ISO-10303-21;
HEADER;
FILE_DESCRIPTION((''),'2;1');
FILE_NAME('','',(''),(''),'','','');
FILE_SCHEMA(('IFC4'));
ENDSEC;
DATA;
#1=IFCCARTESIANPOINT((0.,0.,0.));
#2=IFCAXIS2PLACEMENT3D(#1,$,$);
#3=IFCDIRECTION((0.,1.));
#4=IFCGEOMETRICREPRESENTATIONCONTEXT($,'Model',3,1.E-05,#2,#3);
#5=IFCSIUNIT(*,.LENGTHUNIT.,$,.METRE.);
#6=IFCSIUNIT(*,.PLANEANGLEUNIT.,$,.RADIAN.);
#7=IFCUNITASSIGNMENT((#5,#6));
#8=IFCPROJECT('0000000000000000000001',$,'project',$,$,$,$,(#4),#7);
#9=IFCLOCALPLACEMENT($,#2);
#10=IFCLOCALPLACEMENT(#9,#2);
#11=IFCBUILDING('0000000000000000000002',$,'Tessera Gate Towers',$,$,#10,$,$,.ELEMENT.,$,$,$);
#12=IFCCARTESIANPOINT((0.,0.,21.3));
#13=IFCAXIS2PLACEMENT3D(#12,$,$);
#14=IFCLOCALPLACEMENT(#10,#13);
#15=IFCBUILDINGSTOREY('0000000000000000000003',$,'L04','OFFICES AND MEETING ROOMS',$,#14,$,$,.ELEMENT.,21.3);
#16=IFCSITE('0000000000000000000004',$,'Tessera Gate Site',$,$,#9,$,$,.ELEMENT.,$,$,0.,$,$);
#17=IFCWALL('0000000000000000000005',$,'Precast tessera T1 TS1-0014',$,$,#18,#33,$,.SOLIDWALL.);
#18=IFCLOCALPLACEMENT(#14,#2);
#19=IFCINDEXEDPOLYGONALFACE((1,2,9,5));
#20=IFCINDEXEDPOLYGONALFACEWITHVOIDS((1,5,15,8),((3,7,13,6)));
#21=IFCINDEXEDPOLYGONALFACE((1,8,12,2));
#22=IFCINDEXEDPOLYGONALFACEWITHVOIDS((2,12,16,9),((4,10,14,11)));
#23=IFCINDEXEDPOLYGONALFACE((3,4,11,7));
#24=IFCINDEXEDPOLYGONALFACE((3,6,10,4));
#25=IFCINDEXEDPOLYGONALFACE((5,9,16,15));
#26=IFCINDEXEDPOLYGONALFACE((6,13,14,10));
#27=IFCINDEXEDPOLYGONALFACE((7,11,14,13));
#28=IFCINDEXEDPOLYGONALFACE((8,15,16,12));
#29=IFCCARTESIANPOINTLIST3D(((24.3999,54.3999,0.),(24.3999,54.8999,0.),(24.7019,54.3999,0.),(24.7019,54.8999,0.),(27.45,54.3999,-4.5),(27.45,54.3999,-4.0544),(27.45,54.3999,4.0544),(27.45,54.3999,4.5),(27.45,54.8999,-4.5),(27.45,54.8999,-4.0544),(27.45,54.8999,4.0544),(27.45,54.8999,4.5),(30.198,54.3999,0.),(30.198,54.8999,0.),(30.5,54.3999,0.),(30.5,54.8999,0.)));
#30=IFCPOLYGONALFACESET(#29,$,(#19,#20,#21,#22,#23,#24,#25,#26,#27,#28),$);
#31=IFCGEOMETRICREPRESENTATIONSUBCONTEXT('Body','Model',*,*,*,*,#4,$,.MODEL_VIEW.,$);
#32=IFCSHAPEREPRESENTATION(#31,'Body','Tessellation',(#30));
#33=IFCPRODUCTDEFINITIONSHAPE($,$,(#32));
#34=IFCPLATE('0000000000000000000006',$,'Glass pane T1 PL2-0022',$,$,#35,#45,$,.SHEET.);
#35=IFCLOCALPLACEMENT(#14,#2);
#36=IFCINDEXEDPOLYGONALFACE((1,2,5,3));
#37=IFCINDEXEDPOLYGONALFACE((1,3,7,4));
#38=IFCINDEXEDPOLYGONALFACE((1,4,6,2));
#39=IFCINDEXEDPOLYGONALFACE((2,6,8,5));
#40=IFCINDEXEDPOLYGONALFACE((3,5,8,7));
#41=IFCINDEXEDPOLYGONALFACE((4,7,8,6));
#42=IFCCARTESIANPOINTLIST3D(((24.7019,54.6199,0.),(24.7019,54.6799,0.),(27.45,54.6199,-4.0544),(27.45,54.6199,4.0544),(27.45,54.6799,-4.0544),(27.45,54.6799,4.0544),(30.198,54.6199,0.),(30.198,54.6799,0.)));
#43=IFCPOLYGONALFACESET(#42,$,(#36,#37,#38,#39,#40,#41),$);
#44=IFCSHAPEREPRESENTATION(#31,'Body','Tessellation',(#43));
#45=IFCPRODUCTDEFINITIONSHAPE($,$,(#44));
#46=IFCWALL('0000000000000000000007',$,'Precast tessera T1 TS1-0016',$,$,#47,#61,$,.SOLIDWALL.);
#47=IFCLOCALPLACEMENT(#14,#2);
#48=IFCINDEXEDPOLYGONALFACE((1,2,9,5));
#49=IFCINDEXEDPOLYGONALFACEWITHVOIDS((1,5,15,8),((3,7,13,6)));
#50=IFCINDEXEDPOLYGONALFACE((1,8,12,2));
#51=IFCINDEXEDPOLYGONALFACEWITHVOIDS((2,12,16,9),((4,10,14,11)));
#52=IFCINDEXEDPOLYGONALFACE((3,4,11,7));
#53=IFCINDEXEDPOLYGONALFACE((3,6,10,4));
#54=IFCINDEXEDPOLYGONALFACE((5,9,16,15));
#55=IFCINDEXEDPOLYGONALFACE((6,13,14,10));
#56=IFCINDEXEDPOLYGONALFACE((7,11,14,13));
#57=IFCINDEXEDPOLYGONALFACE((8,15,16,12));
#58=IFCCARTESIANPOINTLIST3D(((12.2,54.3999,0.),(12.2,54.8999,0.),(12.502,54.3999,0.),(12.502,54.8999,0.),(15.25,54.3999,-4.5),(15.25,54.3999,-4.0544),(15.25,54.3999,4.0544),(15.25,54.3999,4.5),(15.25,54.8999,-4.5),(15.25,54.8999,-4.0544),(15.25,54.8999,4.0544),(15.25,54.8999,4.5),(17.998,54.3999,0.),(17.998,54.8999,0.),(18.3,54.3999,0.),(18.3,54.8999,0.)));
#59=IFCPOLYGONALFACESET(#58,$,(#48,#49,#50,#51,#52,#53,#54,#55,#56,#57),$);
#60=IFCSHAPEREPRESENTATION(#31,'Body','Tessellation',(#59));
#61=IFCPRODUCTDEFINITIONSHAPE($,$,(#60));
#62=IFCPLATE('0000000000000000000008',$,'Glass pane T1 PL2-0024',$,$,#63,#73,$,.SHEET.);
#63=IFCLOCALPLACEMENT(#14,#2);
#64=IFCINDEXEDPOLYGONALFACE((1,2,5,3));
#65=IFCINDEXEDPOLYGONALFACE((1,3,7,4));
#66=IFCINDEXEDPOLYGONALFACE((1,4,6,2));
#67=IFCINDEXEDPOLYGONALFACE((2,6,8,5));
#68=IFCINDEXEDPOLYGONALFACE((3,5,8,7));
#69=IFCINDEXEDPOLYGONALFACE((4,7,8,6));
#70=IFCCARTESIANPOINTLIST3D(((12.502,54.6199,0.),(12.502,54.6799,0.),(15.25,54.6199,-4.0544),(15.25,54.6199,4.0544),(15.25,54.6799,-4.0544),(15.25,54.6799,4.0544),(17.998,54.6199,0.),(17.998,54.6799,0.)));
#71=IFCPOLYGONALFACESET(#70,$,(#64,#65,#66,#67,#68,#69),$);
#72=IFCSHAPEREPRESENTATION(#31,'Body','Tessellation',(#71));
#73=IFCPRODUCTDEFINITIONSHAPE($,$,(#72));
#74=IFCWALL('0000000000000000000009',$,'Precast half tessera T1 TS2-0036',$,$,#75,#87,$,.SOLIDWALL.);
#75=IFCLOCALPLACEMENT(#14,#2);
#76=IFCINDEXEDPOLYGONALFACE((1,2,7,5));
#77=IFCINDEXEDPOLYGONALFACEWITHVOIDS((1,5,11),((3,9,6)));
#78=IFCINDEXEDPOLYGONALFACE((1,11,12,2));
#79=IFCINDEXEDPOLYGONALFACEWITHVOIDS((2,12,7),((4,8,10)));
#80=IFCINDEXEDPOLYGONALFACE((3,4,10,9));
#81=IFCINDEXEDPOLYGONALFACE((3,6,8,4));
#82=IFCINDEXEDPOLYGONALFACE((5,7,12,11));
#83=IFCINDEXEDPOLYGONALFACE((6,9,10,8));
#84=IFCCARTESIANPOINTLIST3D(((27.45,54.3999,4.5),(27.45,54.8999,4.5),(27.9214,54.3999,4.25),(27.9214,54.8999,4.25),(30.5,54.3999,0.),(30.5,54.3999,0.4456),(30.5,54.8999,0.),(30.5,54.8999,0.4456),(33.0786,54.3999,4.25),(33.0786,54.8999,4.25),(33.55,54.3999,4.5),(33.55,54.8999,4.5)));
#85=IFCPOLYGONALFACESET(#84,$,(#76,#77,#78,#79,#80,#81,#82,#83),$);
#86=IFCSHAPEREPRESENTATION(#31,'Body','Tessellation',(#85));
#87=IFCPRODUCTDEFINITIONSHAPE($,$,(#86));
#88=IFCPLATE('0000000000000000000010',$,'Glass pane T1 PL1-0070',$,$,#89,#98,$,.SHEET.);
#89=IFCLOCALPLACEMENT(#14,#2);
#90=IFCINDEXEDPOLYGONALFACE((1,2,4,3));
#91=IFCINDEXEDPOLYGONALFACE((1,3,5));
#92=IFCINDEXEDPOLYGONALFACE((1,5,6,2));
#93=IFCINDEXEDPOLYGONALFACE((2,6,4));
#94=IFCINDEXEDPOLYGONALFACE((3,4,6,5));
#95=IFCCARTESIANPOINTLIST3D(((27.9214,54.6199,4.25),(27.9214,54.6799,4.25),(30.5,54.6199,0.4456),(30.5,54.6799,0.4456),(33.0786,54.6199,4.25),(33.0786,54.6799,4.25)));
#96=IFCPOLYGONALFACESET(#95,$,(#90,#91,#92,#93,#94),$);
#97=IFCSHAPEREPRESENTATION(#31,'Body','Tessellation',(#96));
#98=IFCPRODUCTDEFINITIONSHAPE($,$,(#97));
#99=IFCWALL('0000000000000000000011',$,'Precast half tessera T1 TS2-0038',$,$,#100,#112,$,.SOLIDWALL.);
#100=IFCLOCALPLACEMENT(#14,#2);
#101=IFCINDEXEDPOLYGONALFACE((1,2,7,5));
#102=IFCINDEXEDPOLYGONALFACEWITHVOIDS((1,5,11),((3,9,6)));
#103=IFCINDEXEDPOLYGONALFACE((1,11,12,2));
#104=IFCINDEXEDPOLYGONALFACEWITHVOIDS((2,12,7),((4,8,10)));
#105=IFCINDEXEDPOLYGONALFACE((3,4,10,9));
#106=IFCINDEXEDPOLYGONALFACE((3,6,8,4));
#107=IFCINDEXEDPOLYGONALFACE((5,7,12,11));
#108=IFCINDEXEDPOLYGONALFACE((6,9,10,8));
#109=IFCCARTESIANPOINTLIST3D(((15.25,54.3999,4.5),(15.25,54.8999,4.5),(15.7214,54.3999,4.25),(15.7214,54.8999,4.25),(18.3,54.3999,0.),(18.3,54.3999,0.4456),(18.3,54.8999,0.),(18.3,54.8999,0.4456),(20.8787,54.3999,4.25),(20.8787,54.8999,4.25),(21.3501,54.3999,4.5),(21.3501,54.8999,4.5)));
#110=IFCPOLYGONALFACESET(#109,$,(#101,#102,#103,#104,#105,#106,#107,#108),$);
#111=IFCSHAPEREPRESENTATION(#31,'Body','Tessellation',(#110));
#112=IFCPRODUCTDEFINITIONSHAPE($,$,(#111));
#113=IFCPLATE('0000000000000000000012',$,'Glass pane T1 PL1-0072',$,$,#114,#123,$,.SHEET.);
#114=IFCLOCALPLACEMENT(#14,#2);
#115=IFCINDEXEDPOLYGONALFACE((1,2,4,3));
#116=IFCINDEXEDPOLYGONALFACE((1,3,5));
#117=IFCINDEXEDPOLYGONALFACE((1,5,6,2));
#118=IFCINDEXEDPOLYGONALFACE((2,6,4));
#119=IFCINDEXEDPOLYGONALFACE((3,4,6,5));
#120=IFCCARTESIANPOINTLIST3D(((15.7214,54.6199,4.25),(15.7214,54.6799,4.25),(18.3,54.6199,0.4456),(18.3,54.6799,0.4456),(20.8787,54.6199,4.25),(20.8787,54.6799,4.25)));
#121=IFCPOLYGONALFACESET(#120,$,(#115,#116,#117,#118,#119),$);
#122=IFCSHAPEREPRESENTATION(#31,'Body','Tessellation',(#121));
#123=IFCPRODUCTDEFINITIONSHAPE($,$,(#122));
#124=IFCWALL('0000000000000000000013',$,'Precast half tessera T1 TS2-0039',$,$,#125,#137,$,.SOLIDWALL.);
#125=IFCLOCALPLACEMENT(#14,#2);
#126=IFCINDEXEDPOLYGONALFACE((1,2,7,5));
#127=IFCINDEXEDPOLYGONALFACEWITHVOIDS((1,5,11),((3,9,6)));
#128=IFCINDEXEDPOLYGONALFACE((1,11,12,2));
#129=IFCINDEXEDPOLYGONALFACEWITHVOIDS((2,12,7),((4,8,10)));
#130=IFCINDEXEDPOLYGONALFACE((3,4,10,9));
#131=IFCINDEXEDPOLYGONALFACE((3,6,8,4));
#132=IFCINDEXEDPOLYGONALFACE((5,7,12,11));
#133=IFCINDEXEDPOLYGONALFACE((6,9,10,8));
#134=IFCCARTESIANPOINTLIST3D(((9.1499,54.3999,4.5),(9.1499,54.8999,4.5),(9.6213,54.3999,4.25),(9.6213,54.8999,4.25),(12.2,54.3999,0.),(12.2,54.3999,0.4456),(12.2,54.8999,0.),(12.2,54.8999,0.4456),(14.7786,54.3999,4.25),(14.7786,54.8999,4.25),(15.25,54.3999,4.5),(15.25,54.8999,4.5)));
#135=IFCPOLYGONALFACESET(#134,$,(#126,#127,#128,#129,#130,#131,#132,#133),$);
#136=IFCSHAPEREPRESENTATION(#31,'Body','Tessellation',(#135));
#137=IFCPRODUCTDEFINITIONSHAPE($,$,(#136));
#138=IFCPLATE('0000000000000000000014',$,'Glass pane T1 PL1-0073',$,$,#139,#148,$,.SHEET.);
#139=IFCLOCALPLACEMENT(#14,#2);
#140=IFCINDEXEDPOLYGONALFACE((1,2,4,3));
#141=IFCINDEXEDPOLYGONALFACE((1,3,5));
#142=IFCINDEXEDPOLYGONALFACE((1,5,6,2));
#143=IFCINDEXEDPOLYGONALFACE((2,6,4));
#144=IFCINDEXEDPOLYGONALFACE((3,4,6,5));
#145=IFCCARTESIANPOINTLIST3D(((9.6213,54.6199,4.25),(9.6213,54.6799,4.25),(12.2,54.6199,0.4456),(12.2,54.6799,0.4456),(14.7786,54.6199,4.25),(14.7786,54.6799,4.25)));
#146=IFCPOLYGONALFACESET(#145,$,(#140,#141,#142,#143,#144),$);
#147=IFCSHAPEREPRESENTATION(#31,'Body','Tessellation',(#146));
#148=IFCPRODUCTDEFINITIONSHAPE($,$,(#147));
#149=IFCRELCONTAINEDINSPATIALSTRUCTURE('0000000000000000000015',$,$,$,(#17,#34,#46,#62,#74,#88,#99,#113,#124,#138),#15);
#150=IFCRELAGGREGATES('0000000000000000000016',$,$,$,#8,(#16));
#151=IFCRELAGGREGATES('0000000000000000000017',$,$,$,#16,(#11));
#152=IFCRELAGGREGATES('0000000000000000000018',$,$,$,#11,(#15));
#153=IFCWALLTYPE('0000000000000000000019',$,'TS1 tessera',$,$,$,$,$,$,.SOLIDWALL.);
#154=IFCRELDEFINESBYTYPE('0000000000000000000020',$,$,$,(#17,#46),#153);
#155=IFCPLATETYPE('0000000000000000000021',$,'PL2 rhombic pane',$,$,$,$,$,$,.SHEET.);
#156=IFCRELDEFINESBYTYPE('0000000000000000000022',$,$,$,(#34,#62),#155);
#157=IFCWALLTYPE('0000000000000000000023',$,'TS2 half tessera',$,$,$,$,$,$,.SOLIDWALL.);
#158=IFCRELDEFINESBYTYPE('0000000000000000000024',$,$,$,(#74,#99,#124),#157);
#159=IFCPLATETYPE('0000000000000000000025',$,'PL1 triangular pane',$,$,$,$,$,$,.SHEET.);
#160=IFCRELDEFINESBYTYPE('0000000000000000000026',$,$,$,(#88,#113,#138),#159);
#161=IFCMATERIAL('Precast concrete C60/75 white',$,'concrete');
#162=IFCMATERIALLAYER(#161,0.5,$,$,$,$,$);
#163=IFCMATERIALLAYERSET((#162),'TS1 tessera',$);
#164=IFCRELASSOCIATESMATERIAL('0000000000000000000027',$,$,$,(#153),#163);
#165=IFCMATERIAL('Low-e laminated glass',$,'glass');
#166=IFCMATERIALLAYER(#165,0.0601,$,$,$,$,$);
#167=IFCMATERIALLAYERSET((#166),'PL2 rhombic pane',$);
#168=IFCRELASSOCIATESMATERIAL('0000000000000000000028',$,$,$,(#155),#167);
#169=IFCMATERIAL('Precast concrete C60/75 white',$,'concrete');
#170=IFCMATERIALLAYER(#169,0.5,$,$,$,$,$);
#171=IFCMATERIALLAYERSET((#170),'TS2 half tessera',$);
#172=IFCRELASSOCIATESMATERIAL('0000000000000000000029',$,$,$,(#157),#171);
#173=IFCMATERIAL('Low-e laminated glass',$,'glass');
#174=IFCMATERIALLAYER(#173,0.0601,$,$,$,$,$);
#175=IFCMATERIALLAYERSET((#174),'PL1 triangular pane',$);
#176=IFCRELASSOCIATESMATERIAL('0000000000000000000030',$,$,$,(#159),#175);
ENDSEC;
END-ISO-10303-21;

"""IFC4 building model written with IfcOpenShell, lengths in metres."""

from ifc_helpers import new_model, si_unit, direction, frame, origin, place, context, subcontext, project, spatial, polyline, outline, extrude, source, transform, mapped, material, layer, layer_set, type_object, element, fill, save


model = new_model("IFC4")

# Units and contexts
model_context = context("Model", 3, precision=1e-05, world=origin(), true_north=direction((0.0, 1.0)))
body_context = subcontext(model_context, "Body", "Model", "MODEL_VIEW")
ifc_project = project(units=[si_unit("LENGTHUNIT", "METRE"), si_unit("PLANEANGLEUNIT", "RADIAN")], contexts=[model_context])

# Site, building, storey
site_placement = place(None, origin())
site = spatial("IfcSite", under=ifc_project, at=site_placement, Name="Tessera Gate Site", CompositionType="ELEMENT", RefElevation=0.0)
building_placement = place(site_placement, origin())
building = spatial("IfcBuilding", under=site, at=building_placement, Name="Tessera Gate Towers", CompositionType="ELEMENT")
storey_placement = place(building_placement, frame((0.0, 0.0, 21.3)))
storey = spatial("IfcBuildingStorey", under=building, at=storey_placement, Name="L04", Description="OFFICES AND MEETING ROOMS", CompositionType="ELEMENT", Elevation=21.3)

# Walls, openings, plates
ifc_material_1 = material(Name="Precast concrete C60/75 white", Category="concrete")
ifc_layer_1 = layer(ifc_material_1, 0.5)
ifc_layer_set_1 = layer_set([ifc_layer_1], Name="TS1 tessera")
wall_type_1 = type_object("IfcWallType", Name="TS1 tessera", PredefinedType="SOLIDWALL", material=ifc_layer_set_1)
shared_shape_1 = source(origin(), body_context, "Body", "SweptSolid", [
    extrude(outline(polyline([(3.05, 0.0), (6.1001, 4.5), (3.05, 9.0), (0.0, 4.5), (3.05, 0.0)])), frame((0.0, 0.25, 0.0), z_axis=(0.0, -1.0, 0.0), x_axis=(1.0, 0.0, 0.0)), (0.0, 0.0, 1.0), 0.5),
])
shared_shape_2 = source(origin(), body_context, "Body", "SweptSolid", [
    extrude(outline(polyline([(3.05, 0.4456), (5.7981, 4.5), (3.05, 8.5544), (0.302, 4.5), (3.05, 0.4456)])), frame((0.0, 0.26, 0.0), z_axis=(0.0, -1.0, 0.0), x_axis=(1.0, 0.0, 0.0)), (0.0, 0.0, 1.0), 0.52),
])
ifc_material_2 = material(Name="Low-e laminated glass", Category="glass")
ifc_layer_2 = layer(ifc_material_2, 0.0601)
ifc_layer_set_2 = layer_set([ifc_layer_2], Name="PL2 rhombic pane")
plate_type_1 = type_object("IfcPlateType", Name="PL2 rhombic pane", PredefinedType="SHEET", material=ifc_layer_set_2)
shared_shape_3 = source(origin(), body_context, "Body", "SweptSolid", [
    extrude(outline(polyline([(3.05, 0.4456), (5.7981, 4.5), (3.05, 8.5544), (0.302, 4.5), (3.05, 0.4456)])), frame((0.0, 0.03, 0.0), z_axis=(0.0, -1.0, 0.0), x_axis=(1.0, 0.0, 0.0)), (0.0, 0.0, 1.0), 0.0601),
])
wall_1_placement = place(storey_placement, frame((30.5, 54.6499, -4.5), z_axis=(0.0, 0.0, 1.0), x_axis=(-1.0, 0.0, 0.0)))
wall_1 = element("IfcWall", 1, at=wall_1_placement, inside=storey, type_object=wall_type_1, Name="Precast tessera T1 TS1-0014", PredefinedType="SOLIDWALL", context=body_context, shape_type="MappedRepresentation", body=[
    mapped(shared_shape_1, transform((0.0, 0.0, 0.0), scale=1.0)),
])
opening_1_placement = place(wall_1_placement, origin())
opening_1 = element("IfcOpeningElement", 2, at=opening_1_placement, cuts=wall_1, PredefinedType="OPENING", context=body_context, shape_type="MappedRepresentation", body=[
    mapped(shared_shape_2, transform((0.0, 0.0, 0.0), scale=1.0)),
])
plate_1_placement = place(opening_1_placement, origin())
plate_1 = element("IfcPlate", 3, at=plate_1_placement, inside=storey, type_object=plate_type_1, Name="Glass pane T1 PL2-0022", PredefinedType="SHEET", context=body_context, shape_type="MappedRepresentation", body=[
    mapped(shared_shape_3, transform((0.0, 0.0, 0.0), scale=1.0)),
])
fill(opening_1, plate_1)
wall_2_placement = place(storey_placement, frame((18.3, 54.6499, -4.5), z_axis=(0.0, 0.0, 1.0), x_axis=(-1.0, 0.0, 0.0)))
wall_2 = element("IfcWall", 4, at=wall_2_placement, inside=storey, type_object=wall_type_1, Name="Precast tessera T1 TS1-0016", PredefinedType="SOLIDWALL", context=body_context, shape_type="MappedRepresentation", body=[
    mapped(shared_shape_1, transform((0.0, 0.0, 0.0), scale=1.0)),
])
opening_2_placement = place(wall_2_placement, origin())
opening_2 = element("IfcOpeningElement", 5, at=opening_2_placement, cuts=wall_2, PredefinedType="OPENING", context=body_context, shape_type="MappedRepresentation", body=[
    mapped(shared_shape_2, transform((0.0, 0.0, 0.0), scale=1.0)),
])
plate_2_placement = place(opening_2_placement, origin())
plate_2 = element("IfcPlate", 6, at=plate_2_placement, inside=storey, type_object=plate_type_1, Name="Glass pane T1 PL2-0024", PredefinedType="SHEET", context=body_context, shape_type="MappedRepresentation", body=[
    mapped(shared_shape_3, transform((0.0, 0.0, 0.0), scale=1.0)),
])
fill(opening_2, plate_2)
ifc_material_3 = material(Name="Precast concrete C60/75 white", Category="concrete")
ifc_layer_3 = layer(ifc_material_3, 0.5)
ifc_layer_set_3 = layer_set([ifc_layer_3], Name="TS2 half tessera")
wall_type_2 = type_object("IfcWallType", Name="TS2 half tessera", PredefinedType="SOLIDWALL", material=ifc_layer_set_3)
shared_shape_4 = source(origin(), body_context, "Body", "SweptSolid", [
    extrude(outline(polyline([(3.05, 0.0), (6.1001, 4.5), (0.0, 4.5), (3.05, 0.0)])), frame((0.0, 0.25, 0.0), z_axis=(0.0, -1.0, 0.0), x_axis=(1.0, 0.0, 0.0)), (0.0, 0.0, 1.0), 0.5),
])
wall_3_placement = place(storey_placement, frame((33.55, 54.6499, 0.0), z_axis=(0.0, 0.0, 1.0), x_axis=(-1.0, 0.0, 0.0)))
wall_3 = element("IfcWall", 7, at=wall_3_placement, inside=storey, type_object=wall_type_2, Name="Precast half tessera T1 TS2-0036", PredefinedType="SOLIDWALL", context=body_context, shape_type="MappedRepresentation", body=[
    mapped(shared_shape_4, transform((0.0, 0.0, 0.0), scale=1.0)),
])
shared_shape_5 = source(origin(), body_context, "Body", "SweptSolid", [
    extrude(outline(polyline([(3.05, 0.4456), (5.6287, 4.25), (0.4714, 4.25), (3.05, 0.4456)])), frame((0.0, 0.26, 0.0), z_axis=(0.0, -1.0, 0.0), x_axis=(1.0, 0.0, 0.0)), (0.0, 0.0, 1.0), 0.52),
])
opening_3_placement = place(wall_3_placement, origin())
opening_3 = element("IfcOpeningElement", 8, at=opening_3_placement, cuts=wall_3, PredefinedType="OPENING", context=body_context, shape_type="MappedRepresentation", body=[
    mapped(shared_shape_5, transform((0.0, 0.0, 0.0), scale=1.0)),
])
ifc_material_4 = material(Name="Low-e laminated glass", Category="glass")
ifc_layer_4 = layer(ifc_material_4, 0.0601)
ifc_layer_set_4 = layer_set([ifc_layer_4], Name="PL1 triangular pane")
plate_type_2 = type_object("IfcPlateType", Name="PL1 triangular pane", PredefinedType="SHEET", material=ifc_layer_set_4)
shared_shape_6 = source(origin(), body_context, "Body", "SweptSolid", [
    extrude(outline(polyline([(3.05, 0.4456), (5.6287, 4.25), (0.4714, 4.25), (3.05, 0.4456)])), frame((0.0, 0.03, 0.0), z_axis=(0.0, -1.0, 0.0), x_axis=(1.0, 0.0, 0.0)), (0.0, 0.0, 1.0), 0.0601),
])
plate_3_placement = place(opening_3_placement, origin())
plate_3 = element("IfcPlate", 9, at=plate_3_placement, inside=storey, type_object=plate_type_2, Name="Glass pane T1 PL1-0070", PredefinedType="SHEET", context=body_context, shape_type="MappedRepresentation", body=[
    mapped(shared_shape_6, transform((0.0, 0.0, 0.0), scale=1.0)),
])
fill(opening_3, plate_3)
wall_4_placement = place(storey_placement, frame((21.3501, 54.6499, 0.0), z_axis=(0.0, 0.0, 1.0), x_axis=(-1.0, 0.0, 0.0)))
wall_4 = element("IfcWall", 10, at=wall_4_placement, inside=storey, type_object=wall_type_2, Name="Precast half tessera T1 TS2-0038", PredefinedType="SOLIDWALL", context=body_context, shape_type="MappedRepresentation", body=[
    mapped(shared_shape_4, transform((0.0, 0.0, 0.0), scale=1.0)),
])
opening_4_placement = place(wall_4_placement, origin())
opening_4 = element("IfcOpeningElement", 11, at=opening_4_placement, cuts=wall_4, PredefinedType="OPENING", context=body_context, shape_type="MappedRepresentation", body=[
    mapped(shared_shape_5, transform((0.0, 0.0, 0.0), scale=1.0)),
])
plate_4_placement = place(opening_4_placement, origin())
plate_4 = element("IfcPlate", 12, at=plate_4_placement, inside=storey, type_object=plate_type_2, Name="Glass pane T1 PL1-0072", PredefinedType="SHEET", context=body_context, shape_type="MappedRepresentation", body=[
    mapped(shared_shape_6, transform((0.0, 0.0, 0.0), scale=1.0)),
])
fill(opening_4, plate_4)
wall_5_placement = place(storey_placement, frame((15.25, 54.6499, 0.0), z_axis=(0.0, 0.0, 1.0), x_axis=(-1.0, 0.0, 0.0)))
wall_5 = element("IfcWall", 13, at=wall_5_placement, inside=storey, type_object=wall_type_2, Name="Precast half tessera T1 TS2-0039", PredefinedType="SOLIDWALL", context=body_context, shape_type="MappedRepresentation", body=[
    mapped(shared_shape_4, transform((0.0, 0.0, 0.0), scale=1.0)),
])
opening_5_placement = place(wall_5_placement, origin())
opening_5 = element("IfcOpeningElement", 14, at=opening_5_placement, cuts=wall_5, PredefinedType="OPENING", context=body_context, shape_type="MappedRepresentation", body=[
    mapped(shared_shape_5, transform((0.0, 0.0, 0.0), scale=1.0)),
])
plate_5_placement = place(opening_5_placement, origin())
plate_5 = element("IfcPlate", 15, at=plate_5_placement, inside=storey, type_object=plate_type_2, Name="Glass pane T1 PL1-0073", PredefinedType="SHEET", context=body_context, shape_type="MappedRepresentation", body=[
    mapped(shared_shape_6, transform((0.0, 0.0, 0.0), scale=1.0)),
])
fill(opening_5, plate_5)

save(model, "model.ifc")
